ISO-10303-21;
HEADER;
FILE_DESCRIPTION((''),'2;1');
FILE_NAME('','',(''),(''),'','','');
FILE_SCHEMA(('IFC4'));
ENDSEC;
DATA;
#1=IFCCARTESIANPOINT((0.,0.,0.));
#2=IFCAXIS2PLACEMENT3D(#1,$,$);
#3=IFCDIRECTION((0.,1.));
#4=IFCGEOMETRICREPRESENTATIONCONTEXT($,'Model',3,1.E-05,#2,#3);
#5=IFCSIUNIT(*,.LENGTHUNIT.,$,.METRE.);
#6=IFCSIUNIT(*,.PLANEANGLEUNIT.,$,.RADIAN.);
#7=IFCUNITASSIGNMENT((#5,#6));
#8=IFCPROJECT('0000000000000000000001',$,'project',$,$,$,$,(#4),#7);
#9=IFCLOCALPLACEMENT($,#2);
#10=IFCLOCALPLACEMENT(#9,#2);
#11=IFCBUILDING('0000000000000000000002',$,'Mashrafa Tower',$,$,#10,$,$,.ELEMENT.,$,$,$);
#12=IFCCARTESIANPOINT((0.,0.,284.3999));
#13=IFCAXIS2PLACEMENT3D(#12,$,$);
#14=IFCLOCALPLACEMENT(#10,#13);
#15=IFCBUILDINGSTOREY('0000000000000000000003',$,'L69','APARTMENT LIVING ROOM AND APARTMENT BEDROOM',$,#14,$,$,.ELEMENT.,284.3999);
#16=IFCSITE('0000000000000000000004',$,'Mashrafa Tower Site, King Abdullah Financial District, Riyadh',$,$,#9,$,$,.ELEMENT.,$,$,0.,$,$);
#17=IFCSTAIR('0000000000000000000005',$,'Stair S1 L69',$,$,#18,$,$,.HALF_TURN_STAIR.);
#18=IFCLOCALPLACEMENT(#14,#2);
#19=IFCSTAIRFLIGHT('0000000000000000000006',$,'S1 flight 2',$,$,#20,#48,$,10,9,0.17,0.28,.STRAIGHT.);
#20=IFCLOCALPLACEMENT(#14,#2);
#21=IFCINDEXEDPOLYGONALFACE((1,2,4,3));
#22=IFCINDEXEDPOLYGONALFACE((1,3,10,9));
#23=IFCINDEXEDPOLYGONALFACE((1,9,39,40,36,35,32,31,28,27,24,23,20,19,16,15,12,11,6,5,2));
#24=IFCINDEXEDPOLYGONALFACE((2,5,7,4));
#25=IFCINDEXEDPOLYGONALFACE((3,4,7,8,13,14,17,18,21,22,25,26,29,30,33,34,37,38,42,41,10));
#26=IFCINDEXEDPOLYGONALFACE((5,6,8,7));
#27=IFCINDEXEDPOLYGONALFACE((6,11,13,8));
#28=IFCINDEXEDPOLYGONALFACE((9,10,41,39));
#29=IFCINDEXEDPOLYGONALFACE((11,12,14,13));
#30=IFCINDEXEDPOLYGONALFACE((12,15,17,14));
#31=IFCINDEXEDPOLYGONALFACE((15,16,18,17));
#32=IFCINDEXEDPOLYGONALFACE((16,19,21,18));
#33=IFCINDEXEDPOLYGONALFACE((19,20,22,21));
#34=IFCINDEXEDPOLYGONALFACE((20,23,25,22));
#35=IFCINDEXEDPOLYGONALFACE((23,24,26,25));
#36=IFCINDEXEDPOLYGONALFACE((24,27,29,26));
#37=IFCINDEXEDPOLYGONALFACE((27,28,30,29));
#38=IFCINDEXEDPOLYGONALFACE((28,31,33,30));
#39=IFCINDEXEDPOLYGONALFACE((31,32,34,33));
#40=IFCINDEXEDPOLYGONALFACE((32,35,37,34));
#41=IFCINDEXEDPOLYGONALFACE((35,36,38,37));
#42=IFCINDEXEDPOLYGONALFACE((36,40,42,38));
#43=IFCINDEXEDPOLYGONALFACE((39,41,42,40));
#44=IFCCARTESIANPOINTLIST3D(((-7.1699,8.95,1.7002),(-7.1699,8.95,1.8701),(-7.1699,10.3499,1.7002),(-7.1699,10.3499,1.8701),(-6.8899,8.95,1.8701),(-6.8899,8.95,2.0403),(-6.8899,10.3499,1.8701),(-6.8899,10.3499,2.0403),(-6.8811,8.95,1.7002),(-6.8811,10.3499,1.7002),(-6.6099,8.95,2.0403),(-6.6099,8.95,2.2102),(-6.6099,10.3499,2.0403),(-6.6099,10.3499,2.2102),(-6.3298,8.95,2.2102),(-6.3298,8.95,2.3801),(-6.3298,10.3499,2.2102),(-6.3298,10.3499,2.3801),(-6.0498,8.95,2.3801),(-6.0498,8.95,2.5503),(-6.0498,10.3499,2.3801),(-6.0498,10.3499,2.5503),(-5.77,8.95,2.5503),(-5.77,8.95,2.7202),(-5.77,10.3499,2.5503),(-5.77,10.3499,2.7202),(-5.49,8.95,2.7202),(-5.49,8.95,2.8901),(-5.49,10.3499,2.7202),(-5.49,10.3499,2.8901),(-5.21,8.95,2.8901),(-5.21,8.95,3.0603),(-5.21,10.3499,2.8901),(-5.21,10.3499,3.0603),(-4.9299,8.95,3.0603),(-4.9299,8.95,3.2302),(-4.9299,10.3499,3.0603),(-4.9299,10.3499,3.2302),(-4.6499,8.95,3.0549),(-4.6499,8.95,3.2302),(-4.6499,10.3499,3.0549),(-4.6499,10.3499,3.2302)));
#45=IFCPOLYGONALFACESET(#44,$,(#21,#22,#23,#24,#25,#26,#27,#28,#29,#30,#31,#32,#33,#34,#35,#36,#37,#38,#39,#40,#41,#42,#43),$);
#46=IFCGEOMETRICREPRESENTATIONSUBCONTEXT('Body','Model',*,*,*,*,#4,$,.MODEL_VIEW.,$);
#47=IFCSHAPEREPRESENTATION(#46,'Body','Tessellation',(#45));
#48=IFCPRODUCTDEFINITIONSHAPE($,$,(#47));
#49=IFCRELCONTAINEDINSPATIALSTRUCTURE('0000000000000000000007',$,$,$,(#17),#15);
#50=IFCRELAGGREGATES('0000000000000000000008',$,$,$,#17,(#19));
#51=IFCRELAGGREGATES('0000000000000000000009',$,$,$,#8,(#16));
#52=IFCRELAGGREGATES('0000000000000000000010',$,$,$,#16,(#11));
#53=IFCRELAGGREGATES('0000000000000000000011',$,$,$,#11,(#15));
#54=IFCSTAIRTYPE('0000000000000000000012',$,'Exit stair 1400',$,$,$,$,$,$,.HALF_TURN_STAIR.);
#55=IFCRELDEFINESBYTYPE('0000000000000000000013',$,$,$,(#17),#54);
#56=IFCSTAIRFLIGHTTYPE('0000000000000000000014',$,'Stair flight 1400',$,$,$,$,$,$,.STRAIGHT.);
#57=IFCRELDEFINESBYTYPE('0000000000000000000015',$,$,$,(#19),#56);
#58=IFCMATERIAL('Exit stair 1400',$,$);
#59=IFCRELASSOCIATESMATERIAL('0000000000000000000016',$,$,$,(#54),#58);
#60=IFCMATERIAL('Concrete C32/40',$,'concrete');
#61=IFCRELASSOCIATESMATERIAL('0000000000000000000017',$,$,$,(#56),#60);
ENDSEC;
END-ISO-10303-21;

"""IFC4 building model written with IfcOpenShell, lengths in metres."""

from ifc_helpers import new_model, si_unit, direction, frame, origin, place, context, subcontext, project, spatial, polyline, outline, extrude, material, type_object, element, aggregate, save


model = new_model("IFC4")

# Units and contexts
model_context = context("Model", 3, precision=1e-05, world=origin(), true_north=direction((0.0, 1.0)))
body_context = subcontext(model_context, "Body", "Model", "MODEL_VIEW")
ifc_project = project(units=[si_unit("LENGTHUNIT", "METRE"), si_unit("PLANEANGLEUNIT", "RADIAN")], contexts=[model_context])

# Site, building, storey
site_placement = place(None, origin())
site = spatial("IfcSite", under=ifc_project, at=site_placement, Name="Mashrafa Tower Site, King Abdullah Financial District, Riyadh", CompositionType="ELEMENT", RefElevation=0.0)
building_placement = place(site_placement, origin())
building = spatial("IfcBuilding", under=site, at=building_placement, Name="Mashrafa Tower", CompositionType="ELEMENT")
storey_placement = place(building_placement, frame((0.0, 0.0, 284.3999)))
storey = spatial("IfcBuildingStorey", under=building, at=storey_placement, Name="L69", Description="APARTMENT LIVING ROOM AND APARTMENT BEDROOM", CompositionType="ELEMENT", Elevation=284.3999)

# Stair, stair flight
ifc_material_1 = material(Name="Exit stair 1400")
stair_type = type_object("IfcStairType", Name="Exit stair 1400", PredefinedType="HALF_TURN_STAIR", material=ifc_material_1)
stair_placement = place(storey_placement, origin())
stair = element("IfcStair", 1, at=stair_placement, inside=storey, type_object=stair_type, Name="Stair S1 L69", PredefinedType="HALF_TURN_STAIR")
ifc_material_2 = material(Name="Concrete C32/40", Category="concrete")
stair_flight_type = type_object("IfcStairFlightType", Name="Stair flight 1400", PredefinedType="STRAIGHT", material=ifc_material_2)
stair_flight_1_placement = place(storey_placement, frame((-7.1699, 9.6499, 1.7002), z_axis=(0.0, 0.0, 1.0), x_axis=(1.0, 0.0, 0.0)))
stair_flight_1 = element("IfcStairFlight", 2, at=stair_flight_1_placement, type_object=stair_flight_type, Name="S1 flight 2", NumberOfRisers=10, NumberOfTreads=9, PredefinedType="STRAIGHT", RiserHeight=0.17, TreadLength=0.28, context=body_context, shape_type="SweptSolid", body=[
    extrude(outline(polyline([(0.0, 0.0), (0.0, 0.1699), (0.28, 0.1699), (0.28, 0.3401), (0.5601, 0.3401), (0.5601, 0.51), (0.8401, 0.51), (0.8401, 0.6799), (1.1201, 0.6799), (1.1201, 0.8501), (1.3999, 0.8501), (1.3999, 1.02), (1.6799, 1.02), (1.6799, 1.1899), (1.96, 1.1899), (1.96, 1.3601), (2.24, 1.3601), (2.24, 1.53), (2.52, 1.53), (2.52, 1.7), (2.52, 1.3547), (0.2888, 0.0), (0.0, 0.0)])), frame((0.0, 0.7, 0.0), z_axis=(0.0, -1.0, 0.0), x_axis=(1.0, 0.0, 0.0)), (0.0, 0.0, 1.0), 1.3999),
])
aggregate(stair, [stair_flight_1])

save(model, "model.ifc")
